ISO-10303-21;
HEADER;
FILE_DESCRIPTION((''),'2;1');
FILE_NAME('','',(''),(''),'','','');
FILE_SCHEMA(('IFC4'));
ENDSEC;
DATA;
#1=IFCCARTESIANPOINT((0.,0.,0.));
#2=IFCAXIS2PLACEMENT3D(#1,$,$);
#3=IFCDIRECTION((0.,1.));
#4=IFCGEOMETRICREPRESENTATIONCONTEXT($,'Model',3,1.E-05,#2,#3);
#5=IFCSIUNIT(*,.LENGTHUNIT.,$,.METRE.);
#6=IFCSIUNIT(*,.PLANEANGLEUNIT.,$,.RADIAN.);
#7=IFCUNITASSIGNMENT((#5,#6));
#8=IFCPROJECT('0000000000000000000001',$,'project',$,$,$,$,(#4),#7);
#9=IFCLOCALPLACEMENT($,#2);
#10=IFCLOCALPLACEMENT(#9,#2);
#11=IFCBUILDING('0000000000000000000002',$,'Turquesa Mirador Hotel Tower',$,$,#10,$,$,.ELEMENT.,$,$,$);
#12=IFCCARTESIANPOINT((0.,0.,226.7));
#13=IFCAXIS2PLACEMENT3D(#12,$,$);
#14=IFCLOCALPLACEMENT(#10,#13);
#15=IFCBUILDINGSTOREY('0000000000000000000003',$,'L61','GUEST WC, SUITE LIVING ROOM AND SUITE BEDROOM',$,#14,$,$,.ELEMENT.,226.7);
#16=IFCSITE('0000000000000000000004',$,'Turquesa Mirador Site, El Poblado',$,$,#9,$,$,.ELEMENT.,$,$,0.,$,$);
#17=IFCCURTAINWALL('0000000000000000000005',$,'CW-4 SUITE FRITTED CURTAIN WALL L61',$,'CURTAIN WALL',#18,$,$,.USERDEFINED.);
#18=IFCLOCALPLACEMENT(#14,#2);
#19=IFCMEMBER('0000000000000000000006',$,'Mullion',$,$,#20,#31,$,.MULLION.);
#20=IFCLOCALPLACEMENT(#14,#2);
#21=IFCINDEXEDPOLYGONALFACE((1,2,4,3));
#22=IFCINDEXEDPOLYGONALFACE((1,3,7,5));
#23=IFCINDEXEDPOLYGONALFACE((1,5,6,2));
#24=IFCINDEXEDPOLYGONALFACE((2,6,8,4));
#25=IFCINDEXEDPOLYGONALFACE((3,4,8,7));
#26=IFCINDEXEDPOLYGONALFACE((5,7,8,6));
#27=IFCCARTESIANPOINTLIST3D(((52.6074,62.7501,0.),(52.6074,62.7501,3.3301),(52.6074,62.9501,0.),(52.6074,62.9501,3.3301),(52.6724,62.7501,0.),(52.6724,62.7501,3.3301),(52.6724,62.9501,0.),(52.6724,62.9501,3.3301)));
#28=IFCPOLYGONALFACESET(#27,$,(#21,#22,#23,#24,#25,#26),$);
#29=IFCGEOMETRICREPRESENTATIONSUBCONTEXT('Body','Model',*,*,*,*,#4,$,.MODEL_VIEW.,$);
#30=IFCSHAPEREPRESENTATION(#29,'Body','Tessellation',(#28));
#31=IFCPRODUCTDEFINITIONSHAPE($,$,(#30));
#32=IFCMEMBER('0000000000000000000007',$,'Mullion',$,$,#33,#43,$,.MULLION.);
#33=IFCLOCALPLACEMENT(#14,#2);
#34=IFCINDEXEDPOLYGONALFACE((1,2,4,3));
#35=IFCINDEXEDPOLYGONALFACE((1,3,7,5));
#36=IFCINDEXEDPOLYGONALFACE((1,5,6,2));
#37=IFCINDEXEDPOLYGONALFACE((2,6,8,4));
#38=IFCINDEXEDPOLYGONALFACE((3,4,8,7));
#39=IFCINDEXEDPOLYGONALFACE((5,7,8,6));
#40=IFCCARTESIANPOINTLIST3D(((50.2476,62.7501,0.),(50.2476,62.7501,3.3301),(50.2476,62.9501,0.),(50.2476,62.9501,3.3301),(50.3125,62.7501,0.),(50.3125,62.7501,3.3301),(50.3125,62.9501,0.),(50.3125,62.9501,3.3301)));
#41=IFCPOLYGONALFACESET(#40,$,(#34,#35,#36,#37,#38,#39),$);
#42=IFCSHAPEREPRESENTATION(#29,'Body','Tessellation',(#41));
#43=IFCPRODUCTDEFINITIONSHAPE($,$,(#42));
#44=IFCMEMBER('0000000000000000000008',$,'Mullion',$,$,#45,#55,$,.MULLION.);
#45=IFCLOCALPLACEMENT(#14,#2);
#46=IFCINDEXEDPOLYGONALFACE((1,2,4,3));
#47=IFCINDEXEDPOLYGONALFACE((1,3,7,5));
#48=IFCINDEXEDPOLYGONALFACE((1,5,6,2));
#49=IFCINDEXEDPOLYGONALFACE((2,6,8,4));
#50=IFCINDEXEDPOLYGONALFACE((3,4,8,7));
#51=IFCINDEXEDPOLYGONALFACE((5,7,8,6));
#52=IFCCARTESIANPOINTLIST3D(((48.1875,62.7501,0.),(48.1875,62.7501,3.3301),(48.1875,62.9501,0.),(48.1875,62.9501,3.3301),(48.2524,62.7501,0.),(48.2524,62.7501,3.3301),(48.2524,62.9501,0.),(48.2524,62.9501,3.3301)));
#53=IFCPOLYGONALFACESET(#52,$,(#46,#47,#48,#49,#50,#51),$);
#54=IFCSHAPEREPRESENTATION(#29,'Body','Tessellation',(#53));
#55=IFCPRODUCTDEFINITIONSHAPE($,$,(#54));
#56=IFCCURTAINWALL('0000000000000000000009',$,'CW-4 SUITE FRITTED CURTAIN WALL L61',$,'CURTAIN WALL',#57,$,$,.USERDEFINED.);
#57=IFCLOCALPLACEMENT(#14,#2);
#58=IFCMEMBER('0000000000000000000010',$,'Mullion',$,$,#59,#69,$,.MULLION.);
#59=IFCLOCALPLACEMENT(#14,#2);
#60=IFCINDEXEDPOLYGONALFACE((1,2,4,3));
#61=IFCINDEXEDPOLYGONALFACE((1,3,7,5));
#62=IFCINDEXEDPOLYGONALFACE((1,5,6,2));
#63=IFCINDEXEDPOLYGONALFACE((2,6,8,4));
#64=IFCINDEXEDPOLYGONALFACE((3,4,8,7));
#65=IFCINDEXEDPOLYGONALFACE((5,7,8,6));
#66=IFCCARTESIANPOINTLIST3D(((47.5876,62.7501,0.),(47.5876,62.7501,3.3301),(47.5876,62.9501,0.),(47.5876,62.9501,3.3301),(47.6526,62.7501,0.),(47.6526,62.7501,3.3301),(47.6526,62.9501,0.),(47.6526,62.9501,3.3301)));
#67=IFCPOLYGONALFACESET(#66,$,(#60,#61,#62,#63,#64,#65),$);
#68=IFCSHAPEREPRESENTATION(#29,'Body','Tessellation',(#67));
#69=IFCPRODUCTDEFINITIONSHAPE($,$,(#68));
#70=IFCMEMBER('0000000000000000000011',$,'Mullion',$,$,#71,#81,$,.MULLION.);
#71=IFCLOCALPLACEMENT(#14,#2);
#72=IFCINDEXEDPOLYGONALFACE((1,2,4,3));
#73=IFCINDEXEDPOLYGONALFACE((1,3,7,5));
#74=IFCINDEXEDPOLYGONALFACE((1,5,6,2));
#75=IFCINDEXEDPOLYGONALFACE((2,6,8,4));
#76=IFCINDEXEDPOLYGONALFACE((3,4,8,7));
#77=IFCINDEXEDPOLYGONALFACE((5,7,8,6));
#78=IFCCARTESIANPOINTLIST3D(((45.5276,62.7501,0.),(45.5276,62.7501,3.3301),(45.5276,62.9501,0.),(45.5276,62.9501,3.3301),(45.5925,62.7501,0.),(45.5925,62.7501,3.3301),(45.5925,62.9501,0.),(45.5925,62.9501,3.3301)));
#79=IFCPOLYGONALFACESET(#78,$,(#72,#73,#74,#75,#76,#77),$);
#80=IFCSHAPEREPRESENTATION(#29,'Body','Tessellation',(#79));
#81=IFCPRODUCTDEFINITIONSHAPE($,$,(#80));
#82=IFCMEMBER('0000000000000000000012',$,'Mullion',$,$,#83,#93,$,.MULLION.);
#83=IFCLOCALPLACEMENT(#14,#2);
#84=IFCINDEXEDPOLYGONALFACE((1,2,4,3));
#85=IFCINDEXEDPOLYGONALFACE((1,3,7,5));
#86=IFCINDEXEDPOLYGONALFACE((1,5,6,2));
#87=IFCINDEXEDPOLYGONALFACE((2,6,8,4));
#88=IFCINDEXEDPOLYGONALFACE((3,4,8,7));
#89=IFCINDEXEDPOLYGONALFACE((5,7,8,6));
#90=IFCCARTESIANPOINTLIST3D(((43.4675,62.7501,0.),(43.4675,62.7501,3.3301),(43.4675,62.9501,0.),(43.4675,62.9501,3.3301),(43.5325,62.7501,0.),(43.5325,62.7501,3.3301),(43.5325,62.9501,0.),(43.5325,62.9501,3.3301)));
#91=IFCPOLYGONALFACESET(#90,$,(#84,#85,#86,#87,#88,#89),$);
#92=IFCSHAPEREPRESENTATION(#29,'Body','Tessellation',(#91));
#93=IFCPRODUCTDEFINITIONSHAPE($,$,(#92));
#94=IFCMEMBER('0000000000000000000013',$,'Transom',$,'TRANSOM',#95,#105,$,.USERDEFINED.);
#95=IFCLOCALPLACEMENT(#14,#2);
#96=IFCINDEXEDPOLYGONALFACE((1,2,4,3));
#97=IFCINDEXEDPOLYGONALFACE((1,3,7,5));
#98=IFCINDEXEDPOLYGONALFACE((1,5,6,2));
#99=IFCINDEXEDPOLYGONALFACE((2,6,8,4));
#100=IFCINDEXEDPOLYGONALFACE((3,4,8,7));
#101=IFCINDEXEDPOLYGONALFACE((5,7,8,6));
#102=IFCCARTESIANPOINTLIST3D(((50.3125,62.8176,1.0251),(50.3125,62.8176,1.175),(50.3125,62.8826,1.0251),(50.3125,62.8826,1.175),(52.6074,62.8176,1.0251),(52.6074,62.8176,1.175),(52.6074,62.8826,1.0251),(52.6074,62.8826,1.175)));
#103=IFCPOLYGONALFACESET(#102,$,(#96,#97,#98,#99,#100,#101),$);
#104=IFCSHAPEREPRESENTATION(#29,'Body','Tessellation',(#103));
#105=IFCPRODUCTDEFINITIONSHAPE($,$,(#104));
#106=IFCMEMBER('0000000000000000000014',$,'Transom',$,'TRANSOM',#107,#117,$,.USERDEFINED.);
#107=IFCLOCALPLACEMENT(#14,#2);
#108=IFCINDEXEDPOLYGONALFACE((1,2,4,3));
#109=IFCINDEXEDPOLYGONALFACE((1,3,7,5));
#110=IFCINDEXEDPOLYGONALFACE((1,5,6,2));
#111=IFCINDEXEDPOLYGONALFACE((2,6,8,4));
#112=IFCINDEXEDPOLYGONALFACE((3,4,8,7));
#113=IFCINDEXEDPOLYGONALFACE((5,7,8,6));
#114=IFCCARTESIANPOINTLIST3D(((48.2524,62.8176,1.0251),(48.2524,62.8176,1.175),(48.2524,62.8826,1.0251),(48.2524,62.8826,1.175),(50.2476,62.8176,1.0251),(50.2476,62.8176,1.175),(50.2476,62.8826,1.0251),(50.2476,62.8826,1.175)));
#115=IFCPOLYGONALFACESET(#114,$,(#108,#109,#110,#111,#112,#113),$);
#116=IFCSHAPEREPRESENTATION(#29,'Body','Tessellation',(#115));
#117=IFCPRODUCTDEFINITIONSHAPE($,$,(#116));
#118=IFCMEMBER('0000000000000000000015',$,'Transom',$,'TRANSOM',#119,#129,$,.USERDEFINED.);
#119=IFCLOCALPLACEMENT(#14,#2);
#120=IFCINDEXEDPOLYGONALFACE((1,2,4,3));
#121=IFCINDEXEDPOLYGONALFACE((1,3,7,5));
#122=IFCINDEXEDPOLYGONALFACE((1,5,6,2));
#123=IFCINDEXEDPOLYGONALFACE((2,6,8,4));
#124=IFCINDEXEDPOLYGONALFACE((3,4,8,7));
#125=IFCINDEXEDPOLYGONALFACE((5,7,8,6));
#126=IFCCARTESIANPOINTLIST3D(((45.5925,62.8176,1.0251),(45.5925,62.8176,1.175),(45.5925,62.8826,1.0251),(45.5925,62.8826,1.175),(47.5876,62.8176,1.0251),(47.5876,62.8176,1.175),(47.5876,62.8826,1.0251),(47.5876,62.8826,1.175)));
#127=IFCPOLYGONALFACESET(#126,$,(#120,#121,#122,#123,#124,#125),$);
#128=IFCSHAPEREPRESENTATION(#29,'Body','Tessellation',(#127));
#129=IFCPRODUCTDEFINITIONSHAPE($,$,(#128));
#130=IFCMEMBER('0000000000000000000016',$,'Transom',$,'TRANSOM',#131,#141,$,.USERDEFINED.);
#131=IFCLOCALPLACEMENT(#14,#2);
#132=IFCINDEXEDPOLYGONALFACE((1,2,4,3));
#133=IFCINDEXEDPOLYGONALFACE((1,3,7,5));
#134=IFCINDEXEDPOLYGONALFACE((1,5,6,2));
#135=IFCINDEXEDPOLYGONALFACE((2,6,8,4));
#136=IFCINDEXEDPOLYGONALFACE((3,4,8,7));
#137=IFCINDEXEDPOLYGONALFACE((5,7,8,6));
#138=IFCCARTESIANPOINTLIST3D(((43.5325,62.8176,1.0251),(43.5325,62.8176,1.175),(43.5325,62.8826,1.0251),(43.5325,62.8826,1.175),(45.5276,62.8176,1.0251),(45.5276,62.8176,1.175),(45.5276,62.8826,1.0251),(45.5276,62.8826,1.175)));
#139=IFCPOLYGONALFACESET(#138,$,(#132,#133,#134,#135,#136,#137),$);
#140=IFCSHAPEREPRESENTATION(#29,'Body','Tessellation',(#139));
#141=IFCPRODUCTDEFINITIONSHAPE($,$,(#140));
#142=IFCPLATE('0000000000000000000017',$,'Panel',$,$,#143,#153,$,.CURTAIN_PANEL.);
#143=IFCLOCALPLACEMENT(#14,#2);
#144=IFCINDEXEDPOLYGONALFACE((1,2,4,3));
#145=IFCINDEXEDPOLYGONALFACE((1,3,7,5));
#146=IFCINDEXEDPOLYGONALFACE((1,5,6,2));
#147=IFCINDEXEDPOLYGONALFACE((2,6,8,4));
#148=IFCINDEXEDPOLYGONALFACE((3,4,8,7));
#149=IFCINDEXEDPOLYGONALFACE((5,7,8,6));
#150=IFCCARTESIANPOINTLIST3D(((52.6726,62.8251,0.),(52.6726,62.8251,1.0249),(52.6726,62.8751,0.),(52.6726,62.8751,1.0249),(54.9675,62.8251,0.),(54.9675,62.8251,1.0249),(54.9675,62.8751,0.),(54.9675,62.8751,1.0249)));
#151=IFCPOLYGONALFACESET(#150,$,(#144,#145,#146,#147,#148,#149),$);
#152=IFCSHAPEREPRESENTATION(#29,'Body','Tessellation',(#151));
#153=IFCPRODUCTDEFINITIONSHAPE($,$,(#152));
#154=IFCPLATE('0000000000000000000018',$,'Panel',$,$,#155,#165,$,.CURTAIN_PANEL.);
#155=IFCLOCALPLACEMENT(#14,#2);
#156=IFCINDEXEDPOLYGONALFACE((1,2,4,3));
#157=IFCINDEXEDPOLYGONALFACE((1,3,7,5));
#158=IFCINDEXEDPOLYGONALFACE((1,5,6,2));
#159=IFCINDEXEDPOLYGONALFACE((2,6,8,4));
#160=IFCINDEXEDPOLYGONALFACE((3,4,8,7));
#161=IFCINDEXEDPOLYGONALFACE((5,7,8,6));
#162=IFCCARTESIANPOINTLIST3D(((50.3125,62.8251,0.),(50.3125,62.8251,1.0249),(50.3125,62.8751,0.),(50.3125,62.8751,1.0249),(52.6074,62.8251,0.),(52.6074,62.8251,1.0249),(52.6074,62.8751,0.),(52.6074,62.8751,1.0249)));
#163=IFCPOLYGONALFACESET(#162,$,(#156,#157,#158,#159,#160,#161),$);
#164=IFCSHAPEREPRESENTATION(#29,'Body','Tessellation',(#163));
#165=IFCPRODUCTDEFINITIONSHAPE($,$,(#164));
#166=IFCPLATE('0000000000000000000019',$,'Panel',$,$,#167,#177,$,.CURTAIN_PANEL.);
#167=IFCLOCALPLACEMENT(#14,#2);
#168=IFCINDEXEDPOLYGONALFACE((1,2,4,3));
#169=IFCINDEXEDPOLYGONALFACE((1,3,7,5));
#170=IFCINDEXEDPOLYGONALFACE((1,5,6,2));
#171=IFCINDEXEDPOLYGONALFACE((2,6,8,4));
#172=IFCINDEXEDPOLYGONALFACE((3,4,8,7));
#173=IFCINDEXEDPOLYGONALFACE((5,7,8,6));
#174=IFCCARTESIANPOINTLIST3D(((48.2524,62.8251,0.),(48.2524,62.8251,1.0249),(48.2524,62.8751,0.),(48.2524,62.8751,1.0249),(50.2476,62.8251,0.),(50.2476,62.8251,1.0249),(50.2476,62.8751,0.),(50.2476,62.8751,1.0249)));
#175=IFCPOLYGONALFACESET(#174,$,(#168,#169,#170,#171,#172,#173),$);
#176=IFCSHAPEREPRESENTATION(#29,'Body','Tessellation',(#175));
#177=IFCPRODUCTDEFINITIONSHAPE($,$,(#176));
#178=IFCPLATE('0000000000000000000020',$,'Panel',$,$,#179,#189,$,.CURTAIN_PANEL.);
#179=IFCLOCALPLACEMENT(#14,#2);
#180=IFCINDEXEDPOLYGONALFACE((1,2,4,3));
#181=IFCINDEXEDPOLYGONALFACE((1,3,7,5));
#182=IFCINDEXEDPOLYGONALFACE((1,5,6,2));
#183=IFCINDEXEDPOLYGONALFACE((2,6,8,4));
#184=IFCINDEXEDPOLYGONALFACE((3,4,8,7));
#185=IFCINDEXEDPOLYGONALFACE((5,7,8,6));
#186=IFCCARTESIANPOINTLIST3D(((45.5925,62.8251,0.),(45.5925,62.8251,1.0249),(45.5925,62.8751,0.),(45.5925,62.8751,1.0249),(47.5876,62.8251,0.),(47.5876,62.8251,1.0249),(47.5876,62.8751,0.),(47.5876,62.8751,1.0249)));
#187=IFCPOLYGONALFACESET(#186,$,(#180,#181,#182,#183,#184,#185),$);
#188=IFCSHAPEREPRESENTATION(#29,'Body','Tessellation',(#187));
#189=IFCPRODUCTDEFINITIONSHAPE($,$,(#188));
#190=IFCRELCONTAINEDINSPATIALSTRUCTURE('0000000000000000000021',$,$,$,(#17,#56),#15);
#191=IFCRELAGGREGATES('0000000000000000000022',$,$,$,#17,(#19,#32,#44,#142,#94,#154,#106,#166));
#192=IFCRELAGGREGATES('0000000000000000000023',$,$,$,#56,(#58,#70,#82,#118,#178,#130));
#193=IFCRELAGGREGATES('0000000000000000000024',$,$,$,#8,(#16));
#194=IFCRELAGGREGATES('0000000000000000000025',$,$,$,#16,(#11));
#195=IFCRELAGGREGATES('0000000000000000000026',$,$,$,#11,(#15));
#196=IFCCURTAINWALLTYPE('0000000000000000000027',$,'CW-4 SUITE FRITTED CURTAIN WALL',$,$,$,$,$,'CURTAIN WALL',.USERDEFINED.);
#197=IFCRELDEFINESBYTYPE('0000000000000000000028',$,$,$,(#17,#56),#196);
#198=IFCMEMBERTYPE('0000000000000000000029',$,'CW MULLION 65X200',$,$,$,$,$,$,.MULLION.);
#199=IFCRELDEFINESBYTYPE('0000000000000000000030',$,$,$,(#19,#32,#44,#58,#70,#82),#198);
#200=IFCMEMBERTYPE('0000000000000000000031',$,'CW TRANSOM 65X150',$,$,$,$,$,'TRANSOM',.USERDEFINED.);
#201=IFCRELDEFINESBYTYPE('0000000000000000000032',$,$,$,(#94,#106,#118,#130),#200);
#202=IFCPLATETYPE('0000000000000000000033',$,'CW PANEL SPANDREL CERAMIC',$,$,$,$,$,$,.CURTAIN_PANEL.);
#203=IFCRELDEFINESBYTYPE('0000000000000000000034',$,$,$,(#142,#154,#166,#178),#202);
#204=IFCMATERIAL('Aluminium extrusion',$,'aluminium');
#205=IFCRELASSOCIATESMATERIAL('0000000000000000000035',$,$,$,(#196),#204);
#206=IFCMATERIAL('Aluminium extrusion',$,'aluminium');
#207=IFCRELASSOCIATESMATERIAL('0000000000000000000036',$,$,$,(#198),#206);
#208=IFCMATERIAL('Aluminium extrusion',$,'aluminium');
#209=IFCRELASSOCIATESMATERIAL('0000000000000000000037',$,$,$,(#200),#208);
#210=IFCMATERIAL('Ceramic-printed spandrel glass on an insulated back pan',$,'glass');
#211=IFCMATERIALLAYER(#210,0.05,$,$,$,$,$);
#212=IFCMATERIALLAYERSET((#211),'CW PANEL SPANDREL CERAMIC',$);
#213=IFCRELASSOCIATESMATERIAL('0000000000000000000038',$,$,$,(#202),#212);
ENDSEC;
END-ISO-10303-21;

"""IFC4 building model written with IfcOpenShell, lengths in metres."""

from ifc_helpers import new_model, si_unit, direction, frame, origin, origin_2d, place, context, subcontext, project, spatial, rectangle, extrude, material, layer, layer_set, material_profile, profile_set, type_object, element, aggregate, save


model = new_model("IFC4")

# Units and contexts
model_context = context("Model", 3, precision=1e-05, world=origin(), true_north=direction((0.0, 1.0)))
body_context = subcontext(model_context, "Body", "Model", "MODEL_VIEW")
ifc_project = project(units=[si_unit("LENGTHUNIT", "METRE"), si_unit("PLANEANGLEUNIT", "RADIAN")], contexts=[model_context])

# Site, building, storey
site_placement = place(None, origin())
site = spatial("IfcSite", under=ifc_project, at=site_placement, Name="Turquesa Mirador Site, El Poblado", CompositionType="ELEMENT", RefElevation=0.0)
building_placement = place(site_placement, origin())
building = spatial("IfcBuilding", under=site, at=building_placement, Name="Turquesa Mirador Hotel Tower", CompositionType="ELEMENT")
storey_placement = place(building_placement, frame((0.0, 0.0, 226.7)))
storey = spatial("IfcBuildingStorey", under=building, at=storey_placement, Name="L61", Description="GUEST WC, SUITE LIVING ROOM AND SUITE BEDROOM", CompositionType="ELEMENT", Elevation=226.7)

# Curtain walls, members
ifc_material_1 = material(Name="Aluminium extrusion", Category="aluminium")
curtain_wall_type = type_object("IfcCurtainWallType", Name="CW-4 SUITE FRITTED CURTAIN WALL", ElementType="CURTAIN WALL", PredefinedType="USERDEFINED", material=ifc_material_1)
curtain_wall_1_placement = place(storey_placement, origin())
curtain_wall_1 = element("IfcCurtainWall", 1, at=curtain_wall_1_placement, inside=storey, type_object=curtain_wall_type, Name="CW-4 SUITE FRITTED CURTAIN WALL L61", ObjectType="CURTAIN WALL", PredefinedType="USERDEFINED")
ifc_material_2 = material(Name="Aluminium extrusion", Category="aluminium")
ifc_material_profile_1 = material_profile(ifc_material_2, rectangle(XDim=0.0649, YDim=0.2, at=origin_2d()), Name="MULLION 65X200")
ifc_profile_set_1 = profile_set([ifc_material_profile_1], Name="Aluminium extrusion")
member_type_1 = type_object("IfcMemberType", Name="CW MULLION 65X200", PredefinedType="MULLION", material=ifc_profile_set_1)
member_1_placement = place(storey_placement, frame((52.6399, 62.8501, 0.0), z_axis=(0.0, 0.0, 1.0), x_axis=(-1.0, 0.0, 0.0)))
member_1 = element("IfcMember", 2, at=member_1_placement, type_object=member_type_1, Name="Mullion", PredefinedType="MULLION", context=body_context, shape_type="SweptSolid", body=[
    extrude(rectangle(XDim=0.0649, YDim=0.2, at=origin_2d()), origin(), (0.0, 0.0, 1.0), 3.3301),
])
member_2_placement = place(storey_placement, frame((50.28, 62.8501, 0.0), z_axis=(0.0, 0.0, 1.0), x_axis=(-1.0, 0.0, 0.0)))
member_2 = element("IfcMember", 3, at=member_2_placement, type_object=member_type_1, Name="Mullion", PredefinedType="MULLION", context=body_context, shape_type="SweptSolid", body=[
    extrude(rectangle(XDim=0.0649, YDim=0.2, at=origin_2d()), origin(), (0.0, 0.0, 1.0), 3.3301),
])
member_3_placement = place(storey_placement, frame((48.22, 62.8501, 0.0), z_axis=(0.0, 0.0, 1.0), x_axis=(-1.0, 0.0, 0.0)))
member_3 = element("IfcMember", 4, at=member_3_placement, type_object=member_type_1, Name="Mullion", PredefinedType="MULLION", context=body_context, shape_type="SweptSolid", body=[
    extrude(rectangle(XDim=0.0649, YDim=0.2, at=origin_2d()), origin(), (0.0, 0.0, 1.0), 3.3301),
])
curtain_wall_2_placement = place(storey_placement, origin())
curtain_wall_2 = element("IfcCurtainWall", 5, at=curtain_wall_2_placement, inside=storey, type_object=curtain_wall_type, Name="CW-4 SUITE FRITTED CURTAIN WALL L61", ObjectType="CURTAIN WALL", PredefinedType="USERDEFINED")
member_4_placement = place(storey_placement, frame((47.6201, 62.8501, 0.0), z_axis=(0.0, 0.0, 1.0), x_axis=(-1.0, 0.0, 0.0)))
member_4 = element("IfcMember", 6, at=member_4_placement, type_object=member_type_1, Name="Mullion", PredefinedType="MULLION", context=body_context, shape_type="SweptSolid", body=[
    extrude(rectangle(XDim=0.0649, YDim=0.2, at=origin_2d()), origin(), (0.0, 0.0, 1.0), 3.3301),
])
member_5_placement = place(storey_placement, frame((45.5601, 62.8501, 0.0), z_axis=(0.0, 0.0, 1.0), x_axis=(-1.0, 0.0, 0.0)))
member_5 = element("IfcMember", 7, at=member_5_placement, type_object=member_type_1, Name="Mullion", PredefinedType="MULLION", context=body_context, shape_type="SweptSolid", body=[
    extrude(rectangle(XDim=0.0649, YDim=0.2, at=origin_2d()), origin(), (0.0, 0.0, 1.0), 3.3301),
])
member_6_placement = place(storey_placement, frame((43.5, 62.8501, 0.0), z_axis=(0.0, 0.0, 1.0), x_axis=(-1.0, 0.0, 0.0)))
member_6 = element("IfcMember", 8, at=member_6_placement, type_object=member_type_1, Name="Mullion", PredefinedType="MULLION", context=body_context, shape_type="SweptSolid", body=[
    extrude(rectangle(XDim=0.0649, YDim=0.2, at=origin_2d()), origin(), (0.0, 0.0, 1.0), 3.3301),
])

# Members
ifc_material_3 = material(Name="Aluminium extrusion", Category="aluminium")
ifc_material_profile_2 = material_profile(ifc_material_3, rectangle(XDim=0.0649, YDim=0.1499, at=origin_2d()), Name="TRANSOM 65X150")
ifc_profile_set_2 = profile_set([ifc_material_profile_2], Name="Aluminium extrusion")
member_type_2 = type_object("IfcMemberType", Name="CW TRANSOM 65X150", ElementType="TRANSOM", PredefinedType="USERDEFINED", material=ifc_profile_set_2)
member_7_placement = place(storey_placement, frame((52.6074, 62.8501, 1.1001), z_axis=(-1.0, 0.0, 0.0), x_axis=(0.0, -1.0, 0.0)))
member_7 = element("IfcMember", 9, at=member_7_placement, type_object=member_type_2, Name="Transom", ObjectType="TRANSOM", PredefinedType="USERDEFINED", context=body_context, shape_type="SweptSolid", body=[
    extrude(rectangle(XDim=0.0649, YDim=0.1499, at=origin_2d()), origin(), (0.0, 0.0, 1.0), 2.2949),
])
member_8_placement = place(storey_placement, frame((50.2476, 62.8501, 1.1001), z_axis=(-1.0, 0.0, 0.0), x_axis=(0.0, -1.0, 0.0)))
member_8 = element("IfcMember", 10, at=member_8_placement, type_object=member_type_2, Name="Transom", ObjectType="TRANSOM", PredefinedType="USERDEFINED", context=body_context, shape_type="SweptSolid", body=[
    extrude(rectangle(XDim=0.0649, YDim=0.1499, at=origin_2d()), origin(), (0.0, 0.0, 1.0), 1.9951),
])
member_9_placement = place(storey_placement, frame((47.5876, 62.8501, 1.1001), z_axis=(-1.0, 0.0, 0.0), x_axis=(0.0, -1.0, 0.0)))
member_9 = element("IfcMember", 11, at=member_9_placement, type_object=member_type_2, Name="Transom", ObjectType="TRANSOM", PredefinedType="USERDEFINED", context=body_context, shape_type="SweptSolid", body=[
    extrude(rectangle(XDim=0.0649, YDim=0.1499, at=origin_2d()), origin(), (0.0, 0.0, 1.0), 1.9951),
])
member_10_placement = place(storey_placement, frame((45.5276, 62.8501, 1.1001), z_axis=(-1.0, 0.0, 0.0), x_axis=(0.0, -1.0, 0.0)))
member_10 = element("IfcMember", 12, at=member_10_placement, type_object=member_type_2, Name="Transom", ObjectType="TRANSOM", PredefinedType="USERDEFINED", context=body_context, shape_type="SweptSolid", body=[
    extrude(rectangle(XDim=0.0649, YDim=0.1499, at=origin_2d()), origin(), (0.0, 0.0, 1.0), 1.9951),
])

# Plates
ifc_material_4 = material(Name="Ceramic-printed spandrel glass on an insulated back pan", Category="glass")
ifc_layer_1 = layer(ifc_material_4, 0.05)
ifc_layer_set_1 = layer_set([ifc_layer_1], Name="CW PANEL SPANDREL CERAMIC")
plate_type_1 = type_object("IfcPlateType", Name="CW PANEL SPANDREL CERAMIC", PredefinedType="CURTAIN_PANEL", material=ifc_layer_set_1)
plate_1_placement = place(storey_placement, frame((53.8201, 62.8501, 0.0), z_axis=(0.0, 0.0, 1.0), x_axis=(-1.0, 0.0, 0.0)))
plate_1 = element("IfcPlate", 13, at=plate_1_placement, type_object=plate_type_1, Name="Panel", PredefinedType="CURTAIN_PANEL", context=body_context, shape_type="SweptSolid", body=[
    extrude(rectangle(XDim=2.2949, YDim=0.05, at=origin_2d()), origin(), (0.0, 0.0, 1.0), 1.0249),
])
plate_2_placement = place(storey_placement, frame((51.46, 62.8501, 0.0), z_axis=(0.0, 0.0, 1.0), x_axis=(-1.0, 0.0, 0.0)))
plate_2 = element("IfcPlate", 14, at=plate_2_placement, type_object=plate_type_1, Name="Panel", PredefinedType="CURTAIN_PANEL", context=body_context, shape_type="SweptSolid", body=[
    extrude(rectangle(XDim=2.2949, YDim=0.05, at=origin_2d()), origin(), (0.0, 0.0, 1.0), 1.0249),
])
plate_3_placement = place(storey_placement, frame((49.25, 62.8501, 0.0), z_axis=(0.0, 0.0, 1.0), x_axis=(-1.0, 0.0, 0.0)))
plate_3 = element("IfcPlate", 15, at=plate_3_placement, type_object=plate_type_1, Name="Panel", PredefinedType="CURTAIN_PANEL", context=body_context, shape_type="SweptSolid", body=[
    extrude(rectangle(XDim=1.9951, YDim=0.05, at=origin_2d()), origin(), (0.0, 0.0, 1.0), 1.0249),
])
plate_4_placement = place(storey_placement, frame((46.5901, 62.8501, 0.0), z_axis=(0.0, 0.0, 1.0), x_axis=(-1.0, 0.0, 0.0)))
plate_4 = element("IfcPlate", 16, at=plate_4_placement, type_object=plate_type_1, Name="Panel", PredefinedType="CURTAIN_PANEL", context=body_context, shape_type="SweptSolid", body=[
    extrude(rectangle(XDim=1.9951, YDim=0.05, at=origin_2d()), origin(), (0.0, 0.0, 1.0), 1.0249),
])
aggregate(curtain_wall_1, [member_1, member_2, member_3, plate_1, member_7, plate_2, member_8, plate_3])
aggregate(curtain_wall_2, [member_4, member_5, member_6, member_9, plate_4, member_10])

save(model, "model.ifc")
